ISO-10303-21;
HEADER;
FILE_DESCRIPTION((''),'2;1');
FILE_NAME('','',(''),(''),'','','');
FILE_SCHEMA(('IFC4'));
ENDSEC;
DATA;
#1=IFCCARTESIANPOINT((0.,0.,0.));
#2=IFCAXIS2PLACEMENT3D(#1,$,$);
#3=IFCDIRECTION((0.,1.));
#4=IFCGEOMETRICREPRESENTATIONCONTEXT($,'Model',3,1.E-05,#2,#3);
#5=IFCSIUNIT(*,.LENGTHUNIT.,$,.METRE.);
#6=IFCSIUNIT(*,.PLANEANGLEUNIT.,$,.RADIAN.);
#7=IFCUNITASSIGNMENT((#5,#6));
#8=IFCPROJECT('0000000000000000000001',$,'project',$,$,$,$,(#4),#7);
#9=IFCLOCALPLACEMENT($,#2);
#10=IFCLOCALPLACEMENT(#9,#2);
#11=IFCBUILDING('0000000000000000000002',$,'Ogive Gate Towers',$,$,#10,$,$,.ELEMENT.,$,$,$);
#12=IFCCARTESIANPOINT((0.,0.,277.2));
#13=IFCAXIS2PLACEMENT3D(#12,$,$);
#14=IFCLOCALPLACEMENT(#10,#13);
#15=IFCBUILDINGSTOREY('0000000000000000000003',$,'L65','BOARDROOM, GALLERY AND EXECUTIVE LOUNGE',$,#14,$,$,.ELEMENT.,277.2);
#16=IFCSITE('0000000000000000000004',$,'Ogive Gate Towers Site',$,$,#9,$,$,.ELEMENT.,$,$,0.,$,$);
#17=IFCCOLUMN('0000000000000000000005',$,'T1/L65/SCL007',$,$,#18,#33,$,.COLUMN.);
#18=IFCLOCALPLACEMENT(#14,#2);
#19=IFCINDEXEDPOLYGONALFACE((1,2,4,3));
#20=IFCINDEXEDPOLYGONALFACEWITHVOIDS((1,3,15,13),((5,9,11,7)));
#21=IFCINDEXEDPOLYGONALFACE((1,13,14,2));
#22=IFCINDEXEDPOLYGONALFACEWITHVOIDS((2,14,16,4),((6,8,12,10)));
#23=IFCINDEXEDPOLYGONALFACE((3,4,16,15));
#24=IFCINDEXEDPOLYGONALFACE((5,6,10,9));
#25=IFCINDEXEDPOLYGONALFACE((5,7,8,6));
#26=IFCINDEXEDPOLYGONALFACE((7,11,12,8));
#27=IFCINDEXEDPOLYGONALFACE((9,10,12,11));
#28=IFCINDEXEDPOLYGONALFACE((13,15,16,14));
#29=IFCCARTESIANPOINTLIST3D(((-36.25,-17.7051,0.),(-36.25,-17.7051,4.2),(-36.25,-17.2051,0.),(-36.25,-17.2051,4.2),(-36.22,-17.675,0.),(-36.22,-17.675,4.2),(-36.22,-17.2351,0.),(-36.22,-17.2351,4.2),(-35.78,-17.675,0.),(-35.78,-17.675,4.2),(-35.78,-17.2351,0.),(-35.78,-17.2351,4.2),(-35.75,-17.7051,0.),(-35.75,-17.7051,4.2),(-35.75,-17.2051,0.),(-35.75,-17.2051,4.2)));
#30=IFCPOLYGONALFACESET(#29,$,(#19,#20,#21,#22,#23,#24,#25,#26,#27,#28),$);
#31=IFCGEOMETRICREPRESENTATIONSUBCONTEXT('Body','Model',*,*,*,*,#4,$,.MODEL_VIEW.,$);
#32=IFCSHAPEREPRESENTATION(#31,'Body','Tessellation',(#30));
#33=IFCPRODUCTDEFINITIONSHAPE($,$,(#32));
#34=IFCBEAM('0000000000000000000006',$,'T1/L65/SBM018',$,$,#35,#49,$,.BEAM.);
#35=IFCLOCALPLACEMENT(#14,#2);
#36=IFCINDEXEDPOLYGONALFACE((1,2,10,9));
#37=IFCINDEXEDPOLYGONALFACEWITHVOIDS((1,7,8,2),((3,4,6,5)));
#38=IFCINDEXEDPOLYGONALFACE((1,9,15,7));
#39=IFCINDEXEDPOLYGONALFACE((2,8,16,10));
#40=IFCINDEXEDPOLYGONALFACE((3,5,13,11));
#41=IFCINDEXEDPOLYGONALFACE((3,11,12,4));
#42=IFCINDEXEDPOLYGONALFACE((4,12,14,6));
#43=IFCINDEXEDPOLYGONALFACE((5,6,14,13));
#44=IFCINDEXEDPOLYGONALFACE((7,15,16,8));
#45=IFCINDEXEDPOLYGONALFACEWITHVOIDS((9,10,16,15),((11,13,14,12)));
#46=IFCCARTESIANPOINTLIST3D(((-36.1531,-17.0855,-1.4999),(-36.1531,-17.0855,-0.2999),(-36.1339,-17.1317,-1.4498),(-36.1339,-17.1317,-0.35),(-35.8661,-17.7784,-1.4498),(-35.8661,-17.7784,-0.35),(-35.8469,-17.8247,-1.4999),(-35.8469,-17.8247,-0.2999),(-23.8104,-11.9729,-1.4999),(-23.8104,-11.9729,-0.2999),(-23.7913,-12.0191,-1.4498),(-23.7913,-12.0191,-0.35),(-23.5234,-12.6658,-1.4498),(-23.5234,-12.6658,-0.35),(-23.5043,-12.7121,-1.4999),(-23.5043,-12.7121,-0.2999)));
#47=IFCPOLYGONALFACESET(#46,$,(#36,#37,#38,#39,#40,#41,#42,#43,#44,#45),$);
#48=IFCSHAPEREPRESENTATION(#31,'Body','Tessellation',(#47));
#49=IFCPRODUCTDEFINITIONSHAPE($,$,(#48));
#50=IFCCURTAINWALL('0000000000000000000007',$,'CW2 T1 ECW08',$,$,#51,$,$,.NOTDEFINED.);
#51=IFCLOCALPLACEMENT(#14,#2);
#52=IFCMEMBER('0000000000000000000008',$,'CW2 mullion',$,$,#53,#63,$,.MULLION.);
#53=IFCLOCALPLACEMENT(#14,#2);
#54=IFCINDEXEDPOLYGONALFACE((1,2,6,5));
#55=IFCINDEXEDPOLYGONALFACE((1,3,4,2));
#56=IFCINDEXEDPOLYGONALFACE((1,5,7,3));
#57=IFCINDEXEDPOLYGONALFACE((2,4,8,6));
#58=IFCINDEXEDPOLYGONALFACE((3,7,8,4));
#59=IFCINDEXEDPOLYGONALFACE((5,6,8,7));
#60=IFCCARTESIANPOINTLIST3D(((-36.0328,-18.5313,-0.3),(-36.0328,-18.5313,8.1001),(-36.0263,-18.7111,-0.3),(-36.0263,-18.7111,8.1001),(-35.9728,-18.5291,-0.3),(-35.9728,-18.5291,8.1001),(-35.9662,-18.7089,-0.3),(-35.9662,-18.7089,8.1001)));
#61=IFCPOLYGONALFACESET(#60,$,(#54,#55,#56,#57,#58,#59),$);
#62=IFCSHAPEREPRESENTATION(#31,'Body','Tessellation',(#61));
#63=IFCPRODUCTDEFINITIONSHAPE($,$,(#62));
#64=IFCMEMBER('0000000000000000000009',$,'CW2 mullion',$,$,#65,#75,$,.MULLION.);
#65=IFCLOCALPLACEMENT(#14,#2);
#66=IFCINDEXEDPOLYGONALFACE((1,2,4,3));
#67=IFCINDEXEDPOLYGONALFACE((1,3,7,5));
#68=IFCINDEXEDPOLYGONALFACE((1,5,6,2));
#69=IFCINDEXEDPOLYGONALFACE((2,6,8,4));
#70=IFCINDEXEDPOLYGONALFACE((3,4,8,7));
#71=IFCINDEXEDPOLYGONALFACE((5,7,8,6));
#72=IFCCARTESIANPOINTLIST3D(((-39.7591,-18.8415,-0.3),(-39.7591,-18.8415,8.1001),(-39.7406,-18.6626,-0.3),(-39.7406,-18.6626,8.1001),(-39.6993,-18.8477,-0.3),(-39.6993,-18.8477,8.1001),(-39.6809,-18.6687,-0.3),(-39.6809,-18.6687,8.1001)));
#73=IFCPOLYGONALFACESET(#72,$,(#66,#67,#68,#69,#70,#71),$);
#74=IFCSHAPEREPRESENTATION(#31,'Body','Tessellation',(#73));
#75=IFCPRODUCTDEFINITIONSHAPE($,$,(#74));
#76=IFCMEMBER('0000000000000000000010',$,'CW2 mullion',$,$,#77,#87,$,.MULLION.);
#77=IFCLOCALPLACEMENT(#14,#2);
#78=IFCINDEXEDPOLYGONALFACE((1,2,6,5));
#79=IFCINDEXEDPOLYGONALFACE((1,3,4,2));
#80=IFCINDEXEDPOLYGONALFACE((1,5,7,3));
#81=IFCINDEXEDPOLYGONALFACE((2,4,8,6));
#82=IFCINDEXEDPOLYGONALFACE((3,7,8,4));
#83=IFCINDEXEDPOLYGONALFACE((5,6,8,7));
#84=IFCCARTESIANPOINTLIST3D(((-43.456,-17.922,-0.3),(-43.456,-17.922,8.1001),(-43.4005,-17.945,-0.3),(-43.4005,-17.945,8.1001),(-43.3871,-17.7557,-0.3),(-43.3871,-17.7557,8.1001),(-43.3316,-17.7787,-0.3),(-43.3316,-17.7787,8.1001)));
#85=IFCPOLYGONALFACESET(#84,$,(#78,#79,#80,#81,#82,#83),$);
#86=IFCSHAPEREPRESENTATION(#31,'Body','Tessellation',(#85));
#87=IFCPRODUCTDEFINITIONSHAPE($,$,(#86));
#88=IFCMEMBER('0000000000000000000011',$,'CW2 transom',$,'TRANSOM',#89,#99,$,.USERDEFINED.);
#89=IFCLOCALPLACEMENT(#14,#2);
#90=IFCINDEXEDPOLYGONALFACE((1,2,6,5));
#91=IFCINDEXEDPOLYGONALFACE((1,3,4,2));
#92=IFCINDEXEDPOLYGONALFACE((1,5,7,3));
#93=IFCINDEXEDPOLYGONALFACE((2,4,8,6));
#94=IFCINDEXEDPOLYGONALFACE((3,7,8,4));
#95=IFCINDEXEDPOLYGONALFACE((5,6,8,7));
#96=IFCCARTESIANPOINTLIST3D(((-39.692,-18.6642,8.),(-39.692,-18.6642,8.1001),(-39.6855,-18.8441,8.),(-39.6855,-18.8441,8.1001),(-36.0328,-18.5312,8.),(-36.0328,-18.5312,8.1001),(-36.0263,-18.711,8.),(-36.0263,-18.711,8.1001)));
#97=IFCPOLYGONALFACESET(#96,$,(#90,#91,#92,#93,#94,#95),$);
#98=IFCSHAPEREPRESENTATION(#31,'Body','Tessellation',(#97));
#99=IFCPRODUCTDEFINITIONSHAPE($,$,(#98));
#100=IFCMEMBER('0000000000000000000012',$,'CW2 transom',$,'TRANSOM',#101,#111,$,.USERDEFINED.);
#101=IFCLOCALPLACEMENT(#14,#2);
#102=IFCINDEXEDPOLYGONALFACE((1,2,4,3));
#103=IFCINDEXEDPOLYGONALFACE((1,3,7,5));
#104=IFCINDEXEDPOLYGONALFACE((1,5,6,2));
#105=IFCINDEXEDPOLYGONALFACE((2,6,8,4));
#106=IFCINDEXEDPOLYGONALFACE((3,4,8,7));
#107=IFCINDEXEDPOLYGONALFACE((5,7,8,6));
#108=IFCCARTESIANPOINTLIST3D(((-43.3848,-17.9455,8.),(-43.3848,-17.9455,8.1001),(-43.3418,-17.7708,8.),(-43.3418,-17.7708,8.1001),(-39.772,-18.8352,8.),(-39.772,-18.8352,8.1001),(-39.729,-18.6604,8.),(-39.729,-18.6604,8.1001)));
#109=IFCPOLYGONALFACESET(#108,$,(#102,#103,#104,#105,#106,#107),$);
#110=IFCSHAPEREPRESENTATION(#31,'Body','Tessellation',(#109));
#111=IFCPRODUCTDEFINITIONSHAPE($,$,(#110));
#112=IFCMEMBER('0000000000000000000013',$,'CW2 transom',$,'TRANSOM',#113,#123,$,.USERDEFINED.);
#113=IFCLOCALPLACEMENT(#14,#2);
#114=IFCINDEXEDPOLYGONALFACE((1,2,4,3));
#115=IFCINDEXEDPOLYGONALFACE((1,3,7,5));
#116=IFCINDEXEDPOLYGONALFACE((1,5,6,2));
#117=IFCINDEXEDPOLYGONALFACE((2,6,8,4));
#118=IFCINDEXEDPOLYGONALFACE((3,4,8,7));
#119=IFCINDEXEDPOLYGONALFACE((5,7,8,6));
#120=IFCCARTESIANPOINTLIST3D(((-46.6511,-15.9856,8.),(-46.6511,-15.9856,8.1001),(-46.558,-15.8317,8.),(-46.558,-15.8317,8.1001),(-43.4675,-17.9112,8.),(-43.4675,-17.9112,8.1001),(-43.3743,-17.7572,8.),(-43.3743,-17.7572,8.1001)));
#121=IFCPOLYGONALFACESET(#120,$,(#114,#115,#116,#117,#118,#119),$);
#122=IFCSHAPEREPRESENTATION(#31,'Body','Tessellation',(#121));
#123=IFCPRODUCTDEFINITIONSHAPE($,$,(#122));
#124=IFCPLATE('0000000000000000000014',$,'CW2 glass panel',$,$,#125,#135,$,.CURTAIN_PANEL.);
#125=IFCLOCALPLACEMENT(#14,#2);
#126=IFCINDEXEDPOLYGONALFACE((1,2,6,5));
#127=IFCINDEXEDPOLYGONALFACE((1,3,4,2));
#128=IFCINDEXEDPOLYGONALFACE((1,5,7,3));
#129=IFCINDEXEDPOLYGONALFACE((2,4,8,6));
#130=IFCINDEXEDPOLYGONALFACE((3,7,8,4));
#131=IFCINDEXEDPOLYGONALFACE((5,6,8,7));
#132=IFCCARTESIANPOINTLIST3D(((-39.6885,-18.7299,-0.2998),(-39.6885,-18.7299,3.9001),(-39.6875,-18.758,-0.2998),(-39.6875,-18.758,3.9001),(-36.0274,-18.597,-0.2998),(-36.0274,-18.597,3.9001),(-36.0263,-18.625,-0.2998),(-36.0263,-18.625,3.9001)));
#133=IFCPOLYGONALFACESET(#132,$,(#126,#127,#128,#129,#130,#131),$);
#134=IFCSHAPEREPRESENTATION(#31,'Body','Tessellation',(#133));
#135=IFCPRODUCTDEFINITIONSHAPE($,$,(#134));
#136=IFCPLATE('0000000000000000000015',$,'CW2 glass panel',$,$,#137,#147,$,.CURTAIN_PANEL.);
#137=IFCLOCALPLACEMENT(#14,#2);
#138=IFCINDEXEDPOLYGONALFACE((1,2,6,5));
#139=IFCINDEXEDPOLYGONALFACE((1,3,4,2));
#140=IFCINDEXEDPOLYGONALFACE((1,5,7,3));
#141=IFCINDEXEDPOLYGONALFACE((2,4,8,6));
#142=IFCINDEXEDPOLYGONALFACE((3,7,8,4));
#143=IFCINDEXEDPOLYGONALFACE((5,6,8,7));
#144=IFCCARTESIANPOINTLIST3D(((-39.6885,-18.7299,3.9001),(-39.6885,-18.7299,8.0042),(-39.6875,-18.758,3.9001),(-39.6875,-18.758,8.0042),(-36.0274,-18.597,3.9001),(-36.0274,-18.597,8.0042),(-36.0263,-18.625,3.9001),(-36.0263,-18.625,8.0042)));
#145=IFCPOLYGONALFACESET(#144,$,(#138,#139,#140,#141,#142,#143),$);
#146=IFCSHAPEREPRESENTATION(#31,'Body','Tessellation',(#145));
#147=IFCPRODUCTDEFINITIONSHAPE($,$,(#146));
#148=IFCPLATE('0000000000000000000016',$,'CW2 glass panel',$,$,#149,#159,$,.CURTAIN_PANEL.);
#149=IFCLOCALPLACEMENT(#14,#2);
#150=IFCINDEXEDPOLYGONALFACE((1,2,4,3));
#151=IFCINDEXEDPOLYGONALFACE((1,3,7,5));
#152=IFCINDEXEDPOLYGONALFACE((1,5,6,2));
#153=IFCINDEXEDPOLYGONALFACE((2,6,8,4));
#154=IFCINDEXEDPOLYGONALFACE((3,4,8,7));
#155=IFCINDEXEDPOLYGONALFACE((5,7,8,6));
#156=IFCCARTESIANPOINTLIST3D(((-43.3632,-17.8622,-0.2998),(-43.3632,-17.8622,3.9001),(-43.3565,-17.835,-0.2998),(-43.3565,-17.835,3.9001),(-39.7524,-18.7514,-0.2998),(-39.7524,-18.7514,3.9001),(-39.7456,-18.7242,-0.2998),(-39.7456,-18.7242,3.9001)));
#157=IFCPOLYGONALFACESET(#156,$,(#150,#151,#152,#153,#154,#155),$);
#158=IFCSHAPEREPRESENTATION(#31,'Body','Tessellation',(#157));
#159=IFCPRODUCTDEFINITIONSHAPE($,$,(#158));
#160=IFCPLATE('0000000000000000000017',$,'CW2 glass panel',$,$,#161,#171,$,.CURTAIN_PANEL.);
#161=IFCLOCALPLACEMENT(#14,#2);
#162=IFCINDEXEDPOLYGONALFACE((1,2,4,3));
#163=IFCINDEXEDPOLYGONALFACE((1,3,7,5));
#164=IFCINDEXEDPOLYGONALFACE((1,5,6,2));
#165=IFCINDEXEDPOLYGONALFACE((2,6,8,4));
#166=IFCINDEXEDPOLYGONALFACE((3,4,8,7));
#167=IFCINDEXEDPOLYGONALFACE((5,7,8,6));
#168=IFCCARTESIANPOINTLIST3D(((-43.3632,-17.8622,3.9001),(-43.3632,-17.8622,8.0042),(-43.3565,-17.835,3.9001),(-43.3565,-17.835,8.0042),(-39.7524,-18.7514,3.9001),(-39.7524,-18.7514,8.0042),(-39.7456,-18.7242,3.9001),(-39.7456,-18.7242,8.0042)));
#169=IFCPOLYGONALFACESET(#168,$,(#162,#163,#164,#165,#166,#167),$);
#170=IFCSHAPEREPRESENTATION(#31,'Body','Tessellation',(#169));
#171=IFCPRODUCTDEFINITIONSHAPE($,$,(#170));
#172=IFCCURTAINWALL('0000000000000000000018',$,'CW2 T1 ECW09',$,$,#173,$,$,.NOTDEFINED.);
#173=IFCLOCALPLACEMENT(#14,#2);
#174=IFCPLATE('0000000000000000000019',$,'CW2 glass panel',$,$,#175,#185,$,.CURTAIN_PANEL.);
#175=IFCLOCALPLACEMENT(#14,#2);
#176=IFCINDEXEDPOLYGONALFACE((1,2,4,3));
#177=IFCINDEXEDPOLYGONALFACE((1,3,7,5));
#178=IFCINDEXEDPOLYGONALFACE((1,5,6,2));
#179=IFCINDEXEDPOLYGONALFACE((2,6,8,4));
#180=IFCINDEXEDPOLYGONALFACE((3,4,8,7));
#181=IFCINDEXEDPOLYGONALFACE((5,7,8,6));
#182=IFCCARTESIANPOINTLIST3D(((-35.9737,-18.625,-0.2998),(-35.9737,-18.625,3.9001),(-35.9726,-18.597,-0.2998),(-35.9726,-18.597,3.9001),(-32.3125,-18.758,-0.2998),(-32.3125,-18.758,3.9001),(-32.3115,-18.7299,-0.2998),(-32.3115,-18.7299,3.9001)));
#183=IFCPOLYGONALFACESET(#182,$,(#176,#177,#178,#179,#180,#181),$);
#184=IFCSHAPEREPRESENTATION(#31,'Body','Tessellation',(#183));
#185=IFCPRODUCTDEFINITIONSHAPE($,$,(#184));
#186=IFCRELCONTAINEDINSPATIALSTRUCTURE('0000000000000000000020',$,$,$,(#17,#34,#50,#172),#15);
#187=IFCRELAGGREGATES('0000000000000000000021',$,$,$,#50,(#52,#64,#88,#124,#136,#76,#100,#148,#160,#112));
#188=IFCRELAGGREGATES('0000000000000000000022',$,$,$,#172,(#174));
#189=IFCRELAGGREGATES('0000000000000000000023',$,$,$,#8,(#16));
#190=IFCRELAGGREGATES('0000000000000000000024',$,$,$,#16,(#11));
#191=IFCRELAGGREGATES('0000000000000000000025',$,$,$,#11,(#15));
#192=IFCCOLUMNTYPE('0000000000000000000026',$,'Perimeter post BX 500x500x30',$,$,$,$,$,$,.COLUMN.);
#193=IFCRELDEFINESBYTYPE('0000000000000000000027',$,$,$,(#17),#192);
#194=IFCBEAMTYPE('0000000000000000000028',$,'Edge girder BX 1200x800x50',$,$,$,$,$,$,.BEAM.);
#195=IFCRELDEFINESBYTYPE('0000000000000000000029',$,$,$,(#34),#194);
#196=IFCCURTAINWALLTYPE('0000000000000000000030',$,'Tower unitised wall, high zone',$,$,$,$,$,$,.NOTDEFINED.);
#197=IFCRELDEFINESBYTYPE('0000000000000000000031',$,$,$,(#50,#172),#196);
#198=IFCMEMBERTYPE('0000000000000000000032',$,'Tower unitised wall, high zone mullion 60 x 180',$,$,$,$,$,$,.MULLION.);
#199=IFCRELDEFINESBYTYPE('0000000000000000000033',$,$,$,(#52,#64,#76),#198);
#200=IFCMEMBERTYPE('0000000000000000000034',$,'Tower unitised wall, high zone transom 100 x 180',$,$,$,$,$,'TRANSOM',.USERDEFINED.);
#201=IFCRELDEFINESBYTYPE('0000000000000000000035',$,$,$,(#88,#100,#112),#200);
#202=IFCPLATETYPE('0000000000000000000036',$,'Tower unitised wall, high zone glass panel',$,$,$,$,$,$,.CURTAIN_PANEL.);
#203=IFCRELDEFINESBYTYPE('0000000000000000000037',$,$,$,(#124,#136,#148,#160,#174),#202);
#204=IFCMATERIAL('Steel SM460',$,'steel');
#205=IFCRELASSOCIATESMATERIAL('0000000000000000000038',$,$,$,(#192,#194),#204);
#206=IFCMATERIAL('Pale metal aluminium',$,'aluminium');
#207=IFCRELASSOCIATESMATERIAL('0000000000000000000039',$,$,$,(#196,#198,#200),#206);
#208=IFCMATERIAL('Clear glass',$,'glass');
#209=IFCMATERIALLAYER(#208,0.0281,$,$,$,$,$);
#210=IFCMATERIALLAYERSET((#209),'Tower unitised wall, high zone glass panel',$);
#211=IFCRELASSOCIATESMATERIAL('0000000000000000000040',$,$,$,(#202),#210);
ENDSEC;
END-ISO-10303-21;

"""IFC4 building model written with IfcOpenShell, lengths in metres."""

from ifc_helpers import new_model, si_unit, direction, frame, origin, origin_2d, place, context, subcontext, project, spatial, rectangle, hollow_rectangle, extrude, material, layer, layer_set, material_profile, profile_set, type_object, element, aggregate, save


model = new_model("IFC4")

# Units and contexts
model_context = context("Model", 3, precision=1e-05, world=origin(), true_north=direction((0.0, 1.0)))
body_context = subcontext(model_context, "Body", "Model", "MODEL_VIEW")
ifc_project = project(units=[si_unit("LENGTHUNIT", "METRE"), si_unit("PLANEANGLEUNIT", "RADIAN")], contexts=[model_context])

# Site, building, storey
site_placement = place(None, origin())
site = spatial("IfcSite", under=ifc_project, at=site_placement, Name="Ogive Gate Towers Site", CompositionType="ELEMENT", RefElevation=0.0)
building_placement = place(site_placement, origin())
building = spatial("IfcBuilding", under=site, at=building_placement, Name="Ogive Gate Towers", CompositionType="ELEMENT")
storey_placement = place(building_placement, frame((0.0, 0.0, 277.2)))
storey = spatial("IfcBuildingStorey", under=building, at=storey_placement, Name="L65", Description="BOARDROOM, GALLERY AND EXECUTIVE LOUNGE", CompositionType="ELEMENT", Elevation=277.2)

# Column
ifc_material_1 = material(Name="Steel SM460", Category="steel")
ifc_material_profile_1 = material_profile(ifc_material_1, hollow_rectangle(XDim=0.5, YDim=0.5, WallThickness=0.03, at=origin_2d()), Name="BX 500x500x30")
ifc_profile_set_1 = profile_set([ifc_material_profile_1], Name="Steel SM460")
column_type = type_object("IfcColumnType", Name="Perimeter post BX 500x500x30", PredefinedType="COLUMN", material=ifc_profile_set_1)
column_placement = place(storey_placement, frame((-36.0, -17.4551, 0.0), z_axis=(0.0, 0.0, 1.0), x_axis=(1.0, 0.0, 0.0)))
element("IfcColumn", 1, at=column_placement, inside=storey, type_object=column_type, Name="T1/L65/SCL007", PredefinedType="COLUMN", context=body_context, shape_type="SweptSolid", body=[
    extrude(hollow_rectangle(XDim=0.5, YDim=0.5, WallThickness=0.03, at=origin_2d()), origin(), (0.0, 0.0, 1.0), 4.2),
])

# Beam
ifc_material_profile_2 = material_profile(ifc_material_1, hollow_rectangle(XDim=0.8, YDim=1.2, WallThickness=0.05, at=origin_2d()), Name="BX 1200x800x50")
ifc_profile_set_2 = profile_set([ifc_material_profile_2], Name="Steel SM460")
beam_type = type_object("IfcBeamType", Name="Edge girder BX 1200x800x50", PredefinedType="BEAM", material=ifc_profile_set_2)
beam_placement = place(storey_placement, frame((-36.0, -17.4551, -0.8999), z_axis=(0.923877, 0.38269, 0.0), x_axis=(-0.38269, 0.923877, 0.0)))
element("IfcBeam", 2, at=beam_placement, inside=storey, type_object=beam_type, Name="T1/L65/SBM018", PredefinedType="BEAM", context=body_context, shape_type="SweptSolid", body=[
    extrude(hollow_rectangle(XDim=0.8, YDim=1.2, WallThickness=0.05, at=origin_2d()), origin(), (0.0, 0.0, 1.0), 13.3596),
])

# Curtain wall, members, plates
ifc_material_2 = material(Name="Pale metal aluminium", Category="aluminium")
curtain_wall_type = type_object("IfcCurtainWallType", Name="Tower unitised wall, high zone", PredefinedType="NOTDEFINED", material=ifc_material_2)
curtain_wall_1_placement = place(storey_placement, origin())
curtain_wall_1 = element("IfcCurtainWall", 3, at=curtain_wall_1_placement, inside=storey, type_object=curtain_wall_type, Name="CW2 T1 ECW08", PredefinedType="NOTDEFINED")
ifc_material_profile_3 = material_profile(ifc_material_2, rectangle(XDim=0.1799, YDim=0.0601, at=origin_2d()), Name="60 x 180 aluminium box")
ifc_profile_set_3 = profile_set([ifc_material_profile_3], Name="Pale metal aluminium")
member_type_1 = type_object("IfcMemberType", Name="Tower unitised wall, high zone mullion 60 x 180", PredefinedType="MULLION", material=ifc_profile_set_3)
member_1_placement = place(storey_placement, frame((-35.9995, -18.6201, -0.3), z_axis=(0.0, 0.0, 1.0), x_axis=(-0.036295, 0.999341, 0.0)))
member_1 = element("IfcMember", 4, at=member_1_placement, type_object=member_type_1, Name="CW2 mullion", PredefinedType="MULLION", context=body_context, shape_type="SweptSolid", body=[
    extrude(rectangle(XDim=0.1799, YDim=0.0601, at=origin_2d()), origin(), (0.0, 0.0, 1.0), 8.4001),
])
member_2_placement = place(storey_placement, frame((-39.72, -18.7551, -0.3), z_axis=(0.0, 0.0, 1.0), x_axis=(0.102393, 0.994744, 0.0)))
member_2 = element("IfcMember", 5, at=member_2_placement, type_object=member_type_1, Name="CW2 mullion", PredefinedType="MULLION", context=body_context, shape_type="SweptSolid", body=[
    extrude(rectangle(XDim=0.1799, YDim=0.0601, at=origin_2d()), origin(), (0.0, 0.0, 1.0), 8.4001),
])
member_3_placement = place(storey_placement, frame((-43.3938, -17.8503, -0.3), z_axis=(0.0, 0.0, 1.0), x_axis=(0.382683, 0.92388, 0.0)))
member_3 = element("IfcMember", 6, at=member_3_placement, type_object=member_type_1, Name="CW2 mullion", PredefinedType="MULLION", context=body_context, shape_type="SweptSolid", body=[
    extrude(rectangle(XDim=0.1799, YDim=0.0601, at=origin_2d()), origin(), (0.0, 0.0, 1.0), 8.4001),
])
ifc_material_profile_4 = material_profile(ifc_material_2, rectangle(XDim=0.1799, YDim=0.1001, at=origin_2d()), Name="100 x 180 aluminium box")
ifc_profile_set_4 = profile_set([ifc_material_profile_4], Name="Pale metal aluminium")
member_type_2 = type_object("IfcMemberType", Name="Tower unitised wall, high zone transom 100 x 180", ElementType="TRANSOM", PredefinedType="USERDEFINED", material=ifc_profile_set_4)
member_4_placement = place(storey_placement, frame((-36.0295, -18.6211, 8.05), z_axis=(-0.99934, -0.036338, 0.0), x_axis=(0.036338, -0.99934, 0.0)))
member_4 = element("IfcMember", 7, at=member_4_placement, type_object=member_type_2, Name="CW2 transom", ObjectType="TRANSOM", PredefinedType="USERDEFINED", context=body_context, shape_type="SweptSolid", body=[
    extrude(rectangle(XDim=0.1799, YDim=0.1001, at=origin_2d()), origin(), (0.0, 0.0, 1.0), 3.6616),
])
member_5_placement = place(storey_placement, frame((-39.7505, -18.7478, 8.05), z_axis=(-0.970993, 0.239107, 0.0), x_axis=(-0.239107, -0.970993, 0.0)))
member_5 = element("IfcMember", 8, at=member_5_placement, type_object=member_type_2, Name="CW2 transom", ObjectType="TRANSOM", PredefinedType="USERDEFINED", context=body_context, shape_type="SweptSolid", body=[
    extrude(rectangle(XDim=0.1799, YDim=0.1001, at=origin_2d()), origin(), (0.0, 0.0, 1.0), 3.7207),
])
member_6_placement = place(storey_placement, frame((-43.4209, -17.8342, 8.05), z_axis=(-0.855664, 0.517532, 0.0), x_axis=(-0.517532, -0.855664, 0.0)))
member_6 = element("IfcMember", 9, at=member_6_placement, type_object=member_type_2, Name="CW2 transom", ObjectType="TRANSOM", PredefinedType="USERDEFINED", context=body_context, shape_type="SweptSolid", body=[
    extrude(rectangle(XDim=0.1799, YDim=0.1001, at=origin_2d()), origin(), (0.0, 0.0, 1.0), 3.7207),
])
ifc_material_3 = material(Name="Clear glass", Category="glass")
ifc_layer = layer(ifc_material_3, 0.0281)
ifc_layer_set = layer_set([ifc_layer], Name="Tower unitised wall, high zone glass panel")
plate_type = type_object("IfcPlateType", Name="Tower unitised wall, high zone glass panel", PredefinedType="CURTAIN_PANEL", material=ifc_layer_set)
plate_1_placement = place(storey_placement, frame((-37.8574, -18.6775, -0.2998), z_axis=(0.0, 0.0, 1.0), x_axis=(-0.999341, -0.036295, 0.0)))
plate_1 = element("IfcPlate", 10, at=plate_1_placement, type_object=plate_type, Name="CW2 glass panel", PredefinedType="CURTAIN_PANEL", context=body_context, shape_type="SweptSolid", body=[
    extrude(rectangle(XDim=3.6636, YDim=0.0281, at=origin_2d()), origin(), (0.0, 0.0, 1.0), 4.2),
])
plate_2_placement = place(storey_placement, frame((-37.8574, -18.6775, 3.9001), z_axis=(0.0, 0.0, 1.0), x_axis=(-0.999341, -0.036295, 0.0)))
plate_2 = element("IfcPlate", 11, at=plate_2_placement, type_object=plate_type, Name="CW2 glass panel", PredefinedType="CURTAIN_PANEL", context=body_context, shape_type="SweptSolid", body=[
    extrude(rectangle(XDim=3.6636, YDim=0.0281, at=origin_2d()), origin(), (0.0, 0.0, 1.0), 4.104),
])
plate_3_placement = place(storey_placement, frame((-41.5544, -18.2932, -0.2998), z_axis=(0.0, 0.0, 1.0), x_axis=(-0.970993, 0.23911, 0.0)))
plate_3 = element("IfcPlate", 12, at=plate_3_placement, type_object=plate_type, Name="CW2 glass panel", PredefinedType="CURTAIN_PANEL", context=body_context, shape_type="SweptSolid", body=[
    extrude(rectangle(XDim=3.7188, YDim=0.0281, at=origin_2d()), origin(), (0.0, 0.0, 1.0), 4.2),
])
plate_4_placement = place(storey_placement, frame((-41.5544, -18.2932, 3.9001), z_axis=(0.0, 0.0, 1.0), x_axis=(-0.970993, 0.23911, 0.0)))
plate_4 = element("IfcPlate", 13, at=plate_4_placement, type_object=plate_type, Name="CW2 glass panel", PredefinedType="CURTAIN_PANEL", context=body_context, shape_type="SweptSolid", body=[
    extrude(rectangle(XDim=3.7188, YDim=0.0281, at=origin_2d()), origin(), (0.0, 0.0, 1.0), 4.104),
])
aggregate(curtain_wall_1, [member_1, member_2, member_4, plate_1, plate_2, member_3, member_5, plate_3, plate_4, member_6])

# Curtain wall, plate
curtain_wall_2_placement = place(storey_placement, origin())
curtain_wall_2 = element("IfcCurtainWall", 14, at=curtain_wall_2_placement, inside=storey, type_object=curtain_wall_type, Name="CW2 T1 ECW09", PredefinedType="NOTDEFINED")
plate_5_placement = place(storey_placement, frame((-34.1426, -18.6775, -0.2998), z_axis=(0.0, 0.0, 1.0), x_axis=(-0.999341, 0.036295, 0.0)))
plate_5 = element("IfcPlate", 15, at=plate_5_placement, type_object=plate_type, Name="CW2 glass panel", PredefinedType="CURTAIN_PANEL", context=body_context, shape_type="SweptSolid", body=[
    extrude(rectangle(XDim=3.6636, YDim=0.0281, at=origin_2d()), origin(), (0.0, 0.0, 1.0), 4.2),
])
aggregate(curtain_wall_2, [plate_5])

save(model, "model.ifc")
